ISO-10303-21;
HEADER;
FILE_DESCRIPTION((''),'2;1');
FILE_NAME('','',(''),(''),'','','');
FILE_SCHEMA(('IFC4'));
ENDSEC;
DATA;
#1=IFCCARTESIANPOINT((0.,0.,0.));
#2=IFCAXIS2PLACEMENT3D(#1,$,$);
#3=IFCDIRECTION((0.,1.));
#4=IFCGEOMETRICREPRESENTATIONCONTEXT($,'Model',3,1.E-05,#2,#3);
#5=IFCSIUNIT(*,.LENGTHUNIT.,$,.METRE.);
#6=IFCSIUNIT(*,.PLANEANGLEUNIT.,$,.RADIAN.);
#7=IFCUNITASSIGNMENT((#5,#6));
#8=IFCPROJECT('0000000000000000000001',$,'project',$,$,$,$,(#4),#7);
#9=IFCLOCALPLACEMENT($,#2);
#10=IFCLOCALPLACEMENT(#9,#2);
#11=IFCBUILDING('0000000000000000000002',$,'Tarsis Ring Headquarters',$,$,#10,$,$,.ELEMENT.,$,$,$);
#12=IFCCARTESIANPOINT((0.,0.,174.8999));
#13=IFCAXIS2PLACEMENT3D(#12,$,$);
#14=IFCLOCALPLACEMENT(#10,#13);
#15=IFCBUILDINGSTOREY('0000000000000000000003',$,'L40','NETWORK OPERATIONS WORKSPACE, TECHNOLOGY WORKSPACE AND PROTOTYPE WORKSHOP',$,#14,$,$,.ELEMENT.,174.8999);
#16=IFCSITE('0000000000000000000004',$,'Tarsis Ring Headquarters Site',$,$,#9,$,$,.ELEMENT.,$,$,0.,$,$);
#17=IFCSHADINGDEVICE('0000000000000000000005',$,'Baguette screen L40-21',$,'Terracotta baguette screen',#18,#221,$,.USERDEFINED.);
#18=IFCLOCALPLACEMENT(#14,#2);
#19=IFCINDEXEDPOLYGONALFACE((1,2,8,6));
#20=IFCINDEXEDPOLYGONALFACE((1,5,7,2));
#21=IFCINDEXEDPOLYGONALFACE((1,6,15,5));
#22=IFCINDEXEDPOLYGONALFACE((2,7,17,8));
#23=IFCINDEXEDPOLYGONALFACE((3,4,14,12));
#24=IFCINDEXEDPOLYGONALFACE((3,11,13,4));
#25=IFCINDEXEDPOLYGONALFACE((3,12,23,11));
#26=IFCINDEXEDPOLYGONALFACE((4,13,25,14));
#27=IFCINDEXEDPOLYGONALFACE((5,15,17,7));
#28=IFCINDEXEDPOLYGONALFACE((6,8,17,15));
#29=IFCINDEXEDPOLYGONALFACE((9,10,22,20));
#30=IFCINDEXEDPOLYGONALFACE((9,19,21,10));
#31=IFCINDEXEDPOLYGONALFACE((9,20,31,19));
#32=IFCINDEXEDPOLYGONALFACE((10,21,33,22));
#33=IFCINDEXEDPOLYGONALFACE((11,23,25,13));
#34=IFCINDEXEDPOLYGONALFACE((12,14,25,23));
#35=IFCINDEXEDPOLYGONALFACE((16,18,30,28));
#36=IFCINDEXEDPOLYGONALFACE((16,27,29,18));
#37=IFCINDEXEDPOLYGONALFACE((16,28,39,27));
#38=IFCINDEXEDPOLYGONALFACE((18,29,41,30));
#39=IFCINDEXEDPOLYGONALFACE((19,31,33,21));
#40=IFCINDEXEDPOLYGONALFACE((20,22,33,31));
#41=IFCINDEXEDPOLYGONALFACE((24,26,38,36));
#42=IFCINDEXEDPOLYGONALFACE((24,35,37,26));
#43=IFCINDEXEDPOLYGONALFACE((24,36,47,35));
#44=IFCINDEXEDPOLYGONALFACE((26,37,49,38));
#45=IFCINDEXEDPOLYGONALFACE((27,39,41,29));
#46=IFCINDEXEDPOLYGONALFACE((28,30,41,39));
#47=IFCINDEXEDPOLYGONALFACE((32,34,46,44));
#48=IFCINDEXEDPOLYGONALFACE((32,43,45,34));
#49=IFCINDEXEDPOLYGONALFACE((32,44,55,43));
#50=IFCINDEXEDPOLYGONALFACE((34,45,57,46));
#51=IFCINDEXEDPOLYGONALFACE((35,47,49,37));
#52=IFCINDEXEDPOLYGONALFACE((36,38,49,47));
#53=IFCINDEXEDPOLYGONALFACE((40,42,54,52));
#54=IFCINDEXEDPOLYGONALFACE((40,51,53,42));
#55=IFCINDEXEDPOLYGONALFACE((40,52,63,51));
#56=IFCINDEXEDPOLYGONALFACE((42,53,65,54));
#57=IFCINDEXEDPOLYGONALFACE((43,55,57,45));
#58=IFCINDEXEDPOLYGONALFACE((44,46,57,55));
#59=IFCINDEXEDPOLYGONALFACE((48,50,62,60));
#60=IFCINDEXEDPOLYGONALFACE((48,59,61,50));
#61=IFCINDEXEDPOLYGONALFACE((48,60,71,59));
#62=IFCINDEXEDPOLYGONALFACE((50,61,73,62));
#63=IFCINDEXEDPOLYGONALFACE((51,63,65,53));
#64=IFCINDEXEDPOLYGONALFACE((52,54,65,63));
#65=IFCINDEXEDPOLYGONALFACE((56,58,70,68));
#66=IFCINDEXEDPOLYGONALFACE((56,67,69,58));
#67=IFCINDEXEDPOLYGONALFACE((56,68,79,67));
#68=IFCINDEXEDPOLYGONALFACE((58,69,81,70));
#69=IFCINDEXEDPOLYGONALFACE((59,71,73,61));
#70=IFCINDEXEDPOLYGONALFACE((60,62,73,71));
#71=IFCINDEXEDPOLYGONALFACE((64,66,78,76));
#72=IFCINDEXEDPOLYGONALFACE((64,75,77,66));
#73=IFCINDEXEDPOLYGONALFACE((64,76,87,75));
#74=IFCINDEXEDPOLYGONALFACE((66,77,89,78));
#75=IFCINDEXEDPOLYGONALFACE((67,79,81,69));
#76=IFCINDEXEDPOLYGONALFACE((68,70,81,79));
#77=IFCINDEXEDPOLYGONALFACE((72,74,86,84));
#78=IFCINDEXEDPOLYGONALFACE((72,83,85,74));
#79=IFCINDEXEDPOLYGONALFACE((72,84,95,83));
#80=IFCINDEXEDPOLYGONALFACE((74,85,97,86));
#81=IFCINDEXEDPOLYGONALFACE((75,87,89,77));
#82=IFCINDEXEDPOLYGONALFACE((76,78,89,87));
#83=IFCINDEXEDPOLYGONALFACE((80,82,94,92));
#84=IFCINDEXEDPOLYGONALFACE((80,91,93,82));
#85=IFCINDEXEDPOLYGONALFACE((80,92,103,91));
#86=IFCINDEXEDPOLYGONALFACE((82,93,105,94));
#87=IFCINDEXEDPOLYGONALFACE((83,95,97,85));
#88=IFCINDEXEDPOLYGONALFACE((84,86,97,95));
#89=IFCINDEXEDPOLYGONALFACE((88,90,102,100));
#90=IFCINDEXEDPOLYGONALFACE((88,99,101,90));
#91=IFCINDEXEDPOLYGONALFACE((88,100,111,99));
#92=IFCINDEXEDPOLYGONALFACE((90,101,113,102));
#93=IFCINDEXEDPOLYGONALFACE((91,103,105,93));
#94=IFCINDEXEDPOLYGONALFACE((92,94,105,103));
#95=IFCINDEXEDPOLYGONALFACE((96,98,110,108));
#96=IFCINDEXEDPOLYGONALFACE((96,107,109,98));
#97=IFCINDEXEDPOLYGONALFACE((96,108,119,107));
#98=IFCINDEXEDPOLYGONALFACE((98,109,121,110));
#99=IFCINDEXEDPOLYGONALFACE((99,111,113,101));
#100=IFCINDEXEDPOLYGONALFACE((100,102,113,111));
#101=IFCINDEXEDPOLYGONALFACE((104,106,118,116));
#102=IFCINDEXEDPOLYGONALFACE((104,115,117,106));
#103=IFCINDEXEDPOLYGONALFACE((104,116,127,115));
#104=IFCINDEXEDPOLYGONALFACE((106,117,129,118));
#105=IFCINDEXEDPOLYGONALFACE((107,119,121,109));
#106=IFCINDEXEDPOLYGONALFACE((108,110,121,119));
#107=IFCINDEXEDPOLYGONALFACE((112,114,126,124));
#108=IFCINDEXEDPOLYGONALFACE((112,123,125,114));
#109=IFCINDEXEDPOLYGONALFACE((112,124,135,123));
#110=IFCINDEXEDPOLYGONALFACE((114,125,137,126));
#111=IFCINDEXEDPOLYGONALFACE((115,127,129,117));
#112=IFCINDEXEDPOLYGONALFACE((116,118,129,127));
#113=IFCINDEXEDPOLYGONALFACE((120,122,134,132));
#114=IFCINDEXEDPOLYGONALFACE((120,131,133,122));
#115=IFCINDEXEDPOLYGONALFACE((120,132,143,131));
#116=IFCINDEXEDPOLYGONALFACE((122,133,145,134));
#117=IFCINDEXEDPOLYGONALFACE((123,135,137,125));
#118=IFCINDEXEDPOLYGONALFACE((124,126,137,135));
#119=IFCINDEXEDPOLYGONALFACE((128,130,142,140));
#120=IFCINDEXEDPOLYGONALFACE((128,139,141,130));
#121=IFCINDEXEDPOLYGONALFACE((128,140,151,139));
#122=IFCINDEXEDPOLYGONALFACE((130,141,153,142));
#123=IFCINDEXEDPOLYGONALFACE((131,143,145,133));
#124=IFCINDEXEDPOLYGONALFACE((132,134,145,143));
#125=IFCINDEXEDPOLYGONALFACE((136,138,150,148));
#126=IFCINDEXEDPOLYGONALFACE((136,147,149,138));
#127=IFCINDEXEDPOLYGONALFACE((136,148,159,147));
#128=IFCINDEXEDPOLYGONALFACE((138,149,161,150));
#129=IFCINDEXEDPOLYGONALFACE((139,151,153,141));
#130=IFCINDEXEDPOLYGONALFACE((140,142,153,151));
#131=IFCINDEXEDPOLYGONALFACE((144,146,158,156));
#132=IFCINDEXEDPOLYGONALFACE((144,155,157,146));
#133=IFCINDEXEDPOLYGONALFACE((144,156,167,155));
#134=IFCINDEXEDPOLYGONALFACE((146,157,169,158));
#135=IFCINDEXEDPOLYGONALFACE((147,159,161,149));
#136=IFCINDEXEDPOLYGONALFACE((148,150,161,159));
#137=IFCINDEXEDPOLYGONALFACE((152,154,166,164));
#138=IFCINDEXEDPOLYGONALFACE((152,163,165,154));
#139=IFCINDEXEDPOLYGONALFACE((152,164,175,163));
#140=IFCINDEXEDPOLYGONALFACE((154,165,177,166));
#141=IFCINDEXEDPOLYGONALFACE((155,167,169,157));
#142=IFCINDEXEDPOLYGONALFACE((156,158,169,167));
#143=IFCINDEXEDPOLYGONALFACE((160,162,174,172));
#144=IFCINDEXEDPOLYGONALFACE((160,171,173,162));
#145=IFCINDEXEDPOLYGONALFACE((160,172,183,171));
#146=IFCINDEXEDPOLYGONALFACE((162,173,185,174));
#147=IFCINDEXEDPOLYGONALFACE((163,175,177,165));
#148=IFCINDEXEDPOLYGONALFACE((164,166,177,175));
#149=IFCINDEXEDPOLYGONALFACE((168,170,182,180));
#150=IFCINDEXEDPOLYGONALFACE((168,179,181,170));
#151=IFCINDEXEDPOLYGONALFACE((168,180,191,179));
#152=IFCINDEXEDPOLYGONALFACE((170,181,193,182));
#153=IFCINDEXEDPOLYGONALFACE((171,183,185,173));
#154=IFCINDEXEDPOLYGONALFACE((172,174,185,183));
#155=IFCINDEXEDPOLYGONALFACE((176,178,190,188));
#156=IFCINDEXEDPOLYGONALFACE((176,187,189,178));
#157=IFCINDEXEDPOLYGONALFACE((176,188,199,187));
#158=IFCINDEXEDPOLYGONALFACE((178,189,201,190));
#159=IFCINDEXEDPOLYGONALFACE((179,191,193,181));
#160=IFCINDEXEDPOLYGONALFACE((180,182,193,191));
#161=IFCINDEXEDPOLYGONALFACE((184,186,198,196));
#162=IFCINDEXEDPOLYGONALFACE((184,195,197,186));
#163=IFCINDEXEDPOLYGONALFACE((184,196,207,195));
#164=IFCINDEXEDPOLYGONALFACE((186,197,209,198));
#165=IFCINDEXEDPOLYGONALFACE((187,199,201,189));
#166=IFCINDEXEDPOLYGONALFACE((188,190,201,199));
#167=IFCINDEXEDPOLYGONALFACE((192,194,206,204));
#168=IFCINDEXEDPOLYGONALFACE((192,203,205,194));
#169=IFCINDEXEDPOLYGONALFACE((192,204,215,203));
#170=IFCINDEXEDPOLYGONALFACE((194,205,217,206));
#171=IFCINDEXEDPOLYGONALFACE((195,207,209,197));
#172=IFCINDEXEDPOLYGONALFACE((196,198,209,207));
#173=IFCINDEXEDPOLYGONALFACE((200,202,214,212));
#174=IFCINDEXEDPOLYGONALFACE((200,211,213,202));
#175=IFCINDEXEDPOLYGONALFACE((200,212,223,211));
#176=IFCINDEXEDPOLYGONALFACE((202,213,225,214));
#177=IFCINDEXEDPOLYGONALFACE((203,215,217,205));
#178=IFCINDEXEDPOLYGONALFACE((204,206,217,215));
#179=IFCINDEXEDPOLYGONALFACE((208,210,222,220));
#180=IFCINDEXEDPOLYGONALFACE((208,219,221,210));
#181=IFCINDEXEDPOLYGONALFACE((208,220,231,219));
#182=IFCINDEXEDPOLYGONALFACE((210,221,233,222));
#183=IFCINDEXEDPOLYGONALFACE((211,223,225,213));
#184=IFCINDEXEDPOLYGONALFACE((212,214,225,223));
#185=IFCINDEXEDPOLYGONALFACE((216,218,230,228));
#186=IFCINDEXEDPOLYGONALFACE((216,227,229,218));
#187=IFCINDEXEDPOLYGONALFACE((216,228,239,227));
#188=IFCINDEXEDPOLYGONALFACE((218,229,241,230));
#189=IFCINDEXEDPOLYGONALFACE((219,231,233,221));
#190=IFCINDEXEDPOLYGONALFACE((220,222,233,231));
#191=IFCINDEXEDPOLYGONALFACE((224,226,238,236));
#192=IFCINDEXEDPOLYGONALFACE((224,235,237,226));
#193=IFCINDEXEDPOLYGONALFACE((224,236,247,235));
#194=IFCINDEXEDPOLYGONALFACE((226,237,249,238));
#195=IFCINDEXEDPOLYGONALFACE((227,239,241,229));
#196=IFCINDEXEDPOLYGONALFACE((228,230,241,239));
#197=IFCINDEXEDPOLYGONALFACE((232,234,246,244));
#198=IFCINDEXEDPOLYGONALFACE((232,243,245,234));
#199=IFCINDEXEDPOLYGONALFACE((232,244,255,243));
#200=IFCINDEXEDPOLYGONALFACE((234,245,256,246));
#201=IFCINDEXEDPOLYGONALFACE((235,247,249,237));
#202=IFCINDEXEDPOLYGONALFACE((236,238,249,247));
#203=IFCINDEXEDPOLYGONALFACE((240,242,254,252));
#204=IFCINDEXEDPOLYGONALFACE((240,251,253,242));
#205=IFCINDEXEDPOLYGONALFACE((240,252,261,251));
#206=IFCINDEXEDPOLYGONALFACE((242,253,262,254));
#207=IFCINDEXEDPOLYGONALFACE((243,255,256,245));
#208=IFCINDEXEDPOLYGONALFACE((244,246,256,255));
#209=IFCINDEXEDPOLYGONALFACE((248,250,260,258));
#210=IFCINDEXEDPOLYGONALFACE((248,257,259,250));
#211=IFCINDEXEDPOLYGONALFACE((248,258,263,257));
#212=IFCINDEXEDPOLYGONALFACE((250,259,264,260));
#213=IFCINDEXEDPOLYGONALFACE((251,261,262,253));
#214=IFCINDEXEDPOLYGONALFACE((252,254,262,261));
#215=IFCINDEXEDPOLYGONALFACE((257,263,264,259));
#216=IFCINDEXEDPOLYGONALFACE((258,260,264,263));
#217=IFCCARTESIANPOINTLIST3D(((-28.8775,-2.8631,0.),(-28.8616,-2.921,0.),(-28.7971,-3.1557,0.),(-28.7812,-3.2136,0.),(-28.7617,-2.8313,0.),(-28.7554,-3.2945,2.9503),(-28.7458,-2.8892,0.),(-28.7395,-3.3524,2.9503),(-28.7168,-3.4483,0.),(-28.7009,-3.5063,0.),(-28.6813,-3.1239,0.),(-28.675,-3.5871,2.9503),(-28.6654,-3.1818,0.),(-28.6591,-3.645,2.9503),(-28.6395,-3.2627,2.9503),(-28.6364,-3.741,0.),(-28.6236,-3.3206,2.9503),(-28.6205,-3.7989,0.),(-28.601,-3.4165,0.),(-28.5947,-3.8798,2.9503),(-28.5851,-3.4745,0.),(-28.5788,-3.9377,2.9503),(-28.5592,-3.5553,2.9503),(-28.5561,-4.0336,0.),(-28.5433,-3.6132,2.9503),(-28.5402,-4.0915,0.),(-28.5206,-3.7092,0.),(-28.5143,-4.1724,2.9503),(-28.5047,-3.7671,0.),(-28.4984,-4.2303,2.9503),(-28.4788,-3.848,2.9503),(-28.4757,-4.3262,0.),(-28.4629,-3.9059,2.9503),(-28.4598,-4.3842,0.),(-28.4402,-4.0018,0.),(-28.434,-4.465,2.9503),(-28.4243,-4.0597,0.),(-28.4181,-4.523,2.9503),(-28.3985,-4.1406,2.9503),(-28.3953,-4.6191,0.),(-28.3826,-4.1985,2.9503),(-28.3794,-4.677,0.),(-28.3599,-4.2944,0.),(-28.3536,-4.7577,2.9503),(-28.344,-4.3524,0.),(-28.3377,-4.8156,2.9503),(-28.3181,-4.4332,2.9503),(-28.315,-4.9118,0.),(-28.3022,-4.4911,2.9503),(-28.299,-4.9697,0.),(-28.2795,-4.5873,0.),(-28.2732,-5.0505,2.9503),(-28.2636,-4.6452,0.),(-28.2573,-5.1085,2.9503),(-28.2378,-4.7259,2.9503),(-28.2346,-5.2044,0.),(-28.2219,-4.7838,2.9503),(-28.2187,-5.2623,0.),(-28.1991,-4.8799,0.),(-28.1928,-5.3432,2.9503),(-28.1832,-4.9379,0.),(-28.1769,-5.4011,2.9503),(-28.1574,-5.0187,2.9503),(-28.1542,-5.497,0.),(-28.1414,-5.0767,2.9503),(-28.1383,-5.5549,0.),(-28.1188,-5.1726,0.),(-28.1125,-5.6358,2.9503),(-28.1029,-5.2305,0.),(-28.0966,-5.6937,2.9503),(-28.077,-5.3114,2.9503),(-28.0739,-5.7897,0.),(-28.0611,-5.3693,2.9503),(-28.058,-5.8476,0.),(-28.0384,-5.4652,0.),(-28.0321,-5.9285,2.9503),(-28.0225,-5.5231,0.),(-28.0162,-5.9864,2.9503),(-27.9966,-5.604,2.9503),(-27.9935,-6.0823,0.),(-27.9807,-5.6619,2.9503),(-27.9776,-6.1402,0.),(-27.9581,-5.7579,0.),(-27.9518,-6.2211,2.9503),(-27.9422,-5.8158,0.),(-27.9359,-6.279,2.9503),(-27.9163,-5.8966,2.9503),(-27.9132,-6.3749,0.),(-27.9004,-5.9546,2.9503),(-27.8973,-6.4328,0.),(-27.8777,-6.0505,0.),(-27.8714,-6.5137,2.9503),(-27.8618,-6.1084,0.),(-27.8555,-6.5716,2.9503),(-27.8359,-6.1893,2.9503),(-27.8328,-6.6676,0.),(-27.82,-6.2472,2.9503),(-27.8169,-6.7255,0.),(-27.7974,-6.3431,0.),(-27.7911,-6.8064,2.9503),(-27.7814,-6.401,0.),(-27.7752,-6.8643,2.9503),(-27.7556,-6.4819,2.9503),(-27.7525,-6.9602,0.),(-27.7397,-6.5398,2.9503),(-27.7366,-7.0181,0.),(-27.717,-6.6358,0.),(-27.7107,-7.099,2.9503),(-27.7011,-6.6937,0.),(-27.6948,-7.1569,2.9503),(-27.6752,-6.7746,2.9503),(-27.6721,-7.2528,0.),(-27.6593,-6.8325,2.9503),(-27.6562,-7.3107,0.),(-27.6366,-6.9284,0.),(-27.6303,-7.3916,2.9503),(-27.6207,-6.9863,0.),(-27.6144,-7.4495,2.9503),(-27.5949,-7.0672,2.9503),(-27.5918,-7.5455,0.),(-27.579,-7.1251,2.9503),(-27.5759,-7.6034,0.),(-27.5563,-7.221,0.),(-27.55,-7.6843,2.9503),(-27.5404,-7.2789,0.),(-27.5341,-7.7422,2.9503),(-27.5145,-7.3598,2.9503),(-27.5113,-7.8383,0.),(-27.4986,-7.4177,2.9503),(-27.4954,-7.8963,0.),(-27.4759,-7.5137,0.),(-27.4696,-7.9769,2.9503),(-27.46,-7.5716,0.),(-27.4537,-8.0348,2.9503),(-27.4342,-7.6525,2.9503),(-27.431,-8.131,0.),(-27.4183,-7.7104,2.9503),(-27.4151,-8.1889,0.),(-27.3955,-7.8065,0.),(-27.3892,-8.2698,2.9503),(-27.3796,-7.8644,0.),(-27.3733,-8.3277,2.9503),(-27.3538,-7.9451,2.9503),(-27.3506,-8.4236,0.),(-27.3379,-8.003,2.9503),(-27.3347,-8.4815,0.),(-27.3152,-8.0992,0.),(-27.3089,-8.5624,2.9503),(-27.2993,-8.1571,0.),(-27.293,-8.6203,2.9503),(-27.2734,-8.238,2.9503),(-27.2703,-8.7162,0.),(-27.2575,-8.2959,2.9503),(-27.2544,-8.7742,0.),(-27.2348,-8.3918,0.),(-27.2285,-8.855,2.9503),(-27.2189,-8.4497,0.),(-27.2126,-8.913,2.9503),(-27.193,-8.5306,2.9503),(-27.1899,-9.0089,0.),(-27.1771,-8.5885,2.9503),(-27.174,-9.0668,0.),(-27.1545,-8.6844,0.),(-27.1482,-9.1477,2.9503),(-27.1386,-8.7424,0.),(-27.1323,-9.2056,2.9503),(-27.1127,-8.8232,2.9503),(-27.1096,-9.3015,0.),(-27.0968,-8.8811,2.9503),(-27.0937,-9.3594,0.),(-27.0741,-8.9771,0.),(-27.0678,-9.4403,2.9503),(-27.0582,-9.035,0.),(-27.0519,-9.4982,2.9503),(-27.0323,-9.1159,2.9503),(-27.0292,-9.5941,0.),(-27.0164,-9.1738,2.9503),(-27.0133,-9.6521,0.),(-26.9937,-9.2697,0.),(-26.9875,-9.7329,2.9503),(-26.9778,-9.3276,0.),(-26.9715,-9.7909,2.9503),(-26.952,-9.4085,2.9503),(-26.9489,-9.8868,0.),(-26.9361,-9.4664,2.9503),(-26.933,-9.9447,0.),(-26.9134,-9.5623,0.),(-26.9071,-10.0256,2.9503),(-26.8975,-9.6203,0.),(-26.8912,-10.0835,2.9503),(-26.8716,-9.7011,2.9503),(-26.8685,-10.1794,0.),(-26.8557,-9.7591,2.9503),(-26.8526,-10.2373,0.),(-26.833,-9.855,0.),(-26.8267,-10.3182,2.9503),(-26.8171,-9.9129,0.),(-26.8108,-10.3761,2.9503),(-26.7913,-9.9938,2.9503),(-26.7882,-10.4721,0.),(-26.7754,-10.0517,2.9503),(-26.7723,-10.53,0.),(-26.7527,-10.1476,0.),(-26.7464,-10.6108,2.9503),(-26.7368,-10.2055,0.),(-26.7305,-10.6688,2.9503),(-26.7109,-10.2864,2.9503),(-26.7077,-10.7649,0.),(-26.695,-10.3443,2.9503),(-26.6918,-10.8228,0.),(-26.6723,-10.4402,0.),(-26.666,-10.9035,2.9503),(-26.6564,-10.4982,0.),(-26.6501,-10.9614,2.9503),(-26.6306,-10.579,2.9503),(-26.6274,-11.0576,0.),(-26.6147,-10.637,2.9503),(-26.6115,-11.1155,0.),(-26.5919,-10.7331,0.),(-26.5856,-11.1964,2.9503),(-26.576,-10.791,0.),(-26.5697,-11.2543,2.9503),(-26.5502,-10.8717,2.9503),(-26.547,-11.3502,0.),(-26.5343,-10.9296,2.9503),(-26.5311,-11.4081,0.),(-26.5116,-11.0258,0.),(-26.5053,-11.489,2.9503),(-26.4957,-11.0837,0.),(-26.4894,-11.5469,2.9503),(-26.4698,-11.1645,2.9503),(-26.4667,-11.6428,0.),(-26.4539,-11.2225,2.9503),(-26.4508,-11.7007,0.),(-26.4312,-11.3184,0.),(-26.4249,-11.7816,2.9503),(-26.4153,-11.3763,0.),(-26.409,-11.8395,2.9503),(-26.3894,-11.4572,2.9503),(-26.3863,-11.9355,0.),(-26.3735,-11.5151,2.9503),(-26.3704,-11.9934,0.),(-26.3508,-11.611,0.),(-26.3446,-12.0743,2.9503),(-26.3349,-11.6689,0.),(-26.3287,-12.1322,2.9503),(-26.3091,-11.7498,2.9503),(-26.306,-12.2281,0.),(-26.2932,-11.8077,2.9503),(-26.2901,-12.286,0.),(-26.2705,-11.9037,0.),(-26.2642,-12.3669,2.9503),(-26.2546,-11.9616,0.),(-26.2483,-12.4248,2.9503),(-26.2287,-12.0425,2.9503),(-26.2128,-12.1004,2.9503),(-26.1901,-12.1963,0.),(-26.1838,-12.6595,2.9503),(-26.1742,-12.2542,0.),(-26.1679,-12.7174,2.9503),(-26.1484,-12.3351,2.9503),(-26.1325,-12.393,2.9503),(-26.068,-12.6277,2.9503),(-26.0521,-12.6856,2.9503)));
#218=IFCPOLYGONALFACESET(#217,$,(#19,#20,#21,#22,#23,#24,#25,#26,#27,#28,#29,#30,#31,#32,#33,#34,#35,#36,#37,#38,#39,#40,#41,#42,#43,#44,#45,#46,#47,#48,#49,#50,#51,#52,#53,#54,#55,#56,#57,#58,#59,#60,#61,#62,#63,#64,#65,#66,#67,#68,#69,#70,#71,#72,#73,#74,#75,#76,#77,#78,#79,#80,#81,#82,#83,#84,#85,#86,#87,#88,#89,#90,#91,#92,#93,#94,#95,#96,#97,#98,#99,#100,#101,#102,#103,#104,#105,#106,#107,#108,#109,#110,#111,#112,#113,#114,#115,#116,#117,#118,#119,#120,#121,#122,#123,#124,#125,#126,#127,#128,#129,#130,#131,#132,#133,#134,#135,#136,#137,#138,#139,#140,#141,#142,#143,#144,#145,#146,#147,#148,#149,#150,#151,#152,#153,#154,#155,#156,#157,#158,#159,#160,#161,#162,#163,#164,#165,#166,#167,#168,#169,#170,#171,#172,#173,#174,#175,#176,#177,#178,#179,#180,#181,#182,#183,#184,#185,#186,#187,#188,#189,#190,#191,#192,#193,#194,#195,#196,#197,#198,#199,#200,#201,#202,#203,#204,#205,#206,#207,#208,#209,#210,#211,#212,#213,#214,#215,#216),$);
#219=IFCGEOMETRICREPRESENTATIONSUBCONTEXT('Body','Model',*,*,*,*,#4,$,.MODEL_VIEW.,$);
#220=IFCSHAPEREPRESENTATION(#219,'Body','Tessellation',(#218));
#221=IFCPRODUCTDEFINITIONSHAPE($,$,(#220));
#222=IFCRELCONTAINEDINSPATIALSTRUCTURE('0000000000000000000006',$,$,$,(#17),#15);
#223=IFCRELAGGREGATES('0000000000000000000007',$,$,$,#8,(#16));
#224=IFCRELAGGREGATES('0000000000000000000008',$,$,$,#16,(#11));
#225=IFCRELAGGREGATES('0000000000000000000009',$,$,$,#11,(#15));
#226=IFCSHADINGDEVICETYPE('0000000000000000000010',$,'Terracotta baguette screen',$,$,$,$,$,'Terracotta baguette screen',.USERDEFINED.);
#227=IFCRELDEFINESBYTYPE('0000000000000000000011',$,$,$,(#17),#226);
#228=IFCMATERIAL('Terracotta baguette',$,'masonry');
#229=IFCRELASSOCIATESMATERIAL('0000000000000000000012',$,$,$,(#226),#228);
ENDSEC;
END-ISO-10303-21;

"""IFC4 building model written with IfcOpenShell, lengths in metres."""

from ifc_helpers import new_model, si_unit, direction, frame, frame_2d, origin, place, context, subcontext, project, spatial, rectangle, composite_profile, extrude, material, type_object, element, save


model = new_model("IFC4")

# Units and contexts
model_context = context("Model", 3, precision=1e-05, world=origin(), true_north=direction((0.0, 1.0)))
body_context = subcontext(model_context, "Body", "Model", "MODEL_VIEW")
ifc_project = project(units=[si_unit("LENGTHUNIT", "METRE"), si_unit("PLANEANGLEUNIT", "RADIAN")], contexts=[model_context])

# Site, building, storey
site_placement = place(None, origin())
site = spatial("IfcSite", under=ifc_project, at=site_placement, Name="Tarsis Ring Headquarters Site", CompositionType="ELEMENT", RefElevation=0.0)
building_placement = place(site_placement, origin())
building = spatial("IfcBuilding", under=site, at=building_placement, Name="Tarsis Ring Headquarters", CompositionType="ELEMENT")
storey_placement = place(building_placement, frame((0.0, 0.0, 174.8999)))
storey = spatial("IfcBuildingStorey", under=building, at=storey_placement, Name="L40", Description="NETWORK OPERATIONS WORKSPACE, TECHNOLOGY WORKSPACE AND PROTOTYPE WORKSHOP", CompositionType="ELEMENT", Elevation=174.8999)

# Shading device
ifc_material_1 = material(Name="Terracotta baguette", Category="masonry")
shading_device_type = type_object("IfcShadingDeviceType", Name="Terracotta baguette screen", ElementType="Terracotta baguette screen", PredefinedType="USERDEFINED", material=ifc_material_1)
shading_device_placement = place(storey_placement, frame((-28.8196, -2.8472, 0.0), z_axis=(0.0, 0.0, 1.0), x_axis=(0.264785, -0.964297, 0.0)))
element("IfcShadingDevice", 1, at=shading_device_placement, inside=storey, type_object=shading_device_type, Name="Baguette screen L40-21", ObjectType="Terracotta baguette screen", PredefinedType="USERDEFINED", context=body_context, shape_type="SweptSolid", body=[
    extrude(composite_profile([rectangle(XDim=0.0601, YDim=0.1201, at=frame_2d((0.03, 0.0))), rectangle(XDim=0.0601, YDim=0.1201, at=frame_2d((0.3335, 0.0))), rectangle(XDim=0.0601, YDim=0.1201, at=frame_2d((0.637, 0.0))), rectangle(XDim=0.0601, YDim=0.1201, at=frame_2d((0.9404, 0.0))), rectangle(XDim=0.0601, YDim=0.1201, at=frame_2d((1.2439, 0.0))), rectangle(XDim=0.0601, YDim=0.1201, at=frame_2d((1.5474, 0.0))), rectangle(XDim=0.0601, YDim=0.1201, at=frame_2d((1.8511, 0.0))), rectangle(XDim=0.0601, YDim=0.1201, at=frame_2d((2.1545, 0.0))), rectangle(XDim=0.0601, YDim=0.1201, at=frame_2d((2.458, 0.0))), rectangle(XDim=0.0601, YDim=0.1201, at=frame_2d((2.7615, 0.0))), rectangle(XDim=0.0601, YDim=0.1201, at=frame_2d((3.0649, 0.0))), rectangle(XDim=0.0601, YDim=0.1201, at=frame_2d((3.3684, 0.0))), rectangle(XDim=0.0601, YDim=0.1201, at=frame_2d((3.6719, 0.0))), rectangle(XDim=0.0601, YDim=0.1201, at=frame_2d((3.9753, 0.0))), rectangle(XDim=0.0601, YDim=0.1201, at=frame_2d((4.2788, 0.0))), rectangle(XDim=0.0601, YDim=0.1201, at=frame_2d((4.5823, 0.0))), rectangle(XDim=0.0601, YDim=0.1201, at=frame_2d((4.8857, 0.0))), rectangle(XDim=0.0601, YDim=0.1201, at=frame_2d((5.1895, 0.0))), rectangle(XDim=0.0601, YDim=0.1201, at=frame_2d((5.4929, 0.0))), rectangle(XDim=0.0601, YDim=0.1201, at=frame_2d((5.7964, 0.0))), rectangle(XDim=0.0601, YDim=0.1201, at=frame_2d((6.0999, 0.0))), rectangle(XDim=0.0601, YDim=0.1201, at=frame_2d((6.4033, 0.0))), rectangle(XDim=0.0601, YDim=0.1201, at=frame_2d((6.7068, 0.0))), rectangle(XDim=0.0601, YDim=0.1201, at=frame_2d((7.0103, 0.0))), rectangle(XDim=0.0601, YDim=0.1201, at=frame_2d((7.3137, 0.0))), rectangle(XDim=0.0601, YDim=0.1201, at=frame_2d((7.6172, 0.0))), rectangle(XDim=0.0601, YDim=0.1201, at=frame_2d((7.9207, 0.0))), rectangle(XDim=0.0601, YDim=0.1201, at=frame_2d((8.2244, 0.0))), rectangle(XDim=0.0601, YDim=0.1201, at=frame_2d((8.5278, 0.0))), rectangle(XDim=0.0601, YDim=0.1201, at=frame_2d((8.8313, 0.0))), rectangle(XDim=0.0601, YDim=0.1201, at=frame_2d((9.1348, 0.0))), rectangle(XDim=0.0601, YDim=0.1201, at=frame_2d((9.4382, 0.0))), rectangle(XDim=0.0601, YDim=0.1201, at=frame_2d((9.7417, 0.0)))]), origin(), (0.15025, 0.001182, 0.988647), 2.9841),
])

save(model, "model.ifc")
